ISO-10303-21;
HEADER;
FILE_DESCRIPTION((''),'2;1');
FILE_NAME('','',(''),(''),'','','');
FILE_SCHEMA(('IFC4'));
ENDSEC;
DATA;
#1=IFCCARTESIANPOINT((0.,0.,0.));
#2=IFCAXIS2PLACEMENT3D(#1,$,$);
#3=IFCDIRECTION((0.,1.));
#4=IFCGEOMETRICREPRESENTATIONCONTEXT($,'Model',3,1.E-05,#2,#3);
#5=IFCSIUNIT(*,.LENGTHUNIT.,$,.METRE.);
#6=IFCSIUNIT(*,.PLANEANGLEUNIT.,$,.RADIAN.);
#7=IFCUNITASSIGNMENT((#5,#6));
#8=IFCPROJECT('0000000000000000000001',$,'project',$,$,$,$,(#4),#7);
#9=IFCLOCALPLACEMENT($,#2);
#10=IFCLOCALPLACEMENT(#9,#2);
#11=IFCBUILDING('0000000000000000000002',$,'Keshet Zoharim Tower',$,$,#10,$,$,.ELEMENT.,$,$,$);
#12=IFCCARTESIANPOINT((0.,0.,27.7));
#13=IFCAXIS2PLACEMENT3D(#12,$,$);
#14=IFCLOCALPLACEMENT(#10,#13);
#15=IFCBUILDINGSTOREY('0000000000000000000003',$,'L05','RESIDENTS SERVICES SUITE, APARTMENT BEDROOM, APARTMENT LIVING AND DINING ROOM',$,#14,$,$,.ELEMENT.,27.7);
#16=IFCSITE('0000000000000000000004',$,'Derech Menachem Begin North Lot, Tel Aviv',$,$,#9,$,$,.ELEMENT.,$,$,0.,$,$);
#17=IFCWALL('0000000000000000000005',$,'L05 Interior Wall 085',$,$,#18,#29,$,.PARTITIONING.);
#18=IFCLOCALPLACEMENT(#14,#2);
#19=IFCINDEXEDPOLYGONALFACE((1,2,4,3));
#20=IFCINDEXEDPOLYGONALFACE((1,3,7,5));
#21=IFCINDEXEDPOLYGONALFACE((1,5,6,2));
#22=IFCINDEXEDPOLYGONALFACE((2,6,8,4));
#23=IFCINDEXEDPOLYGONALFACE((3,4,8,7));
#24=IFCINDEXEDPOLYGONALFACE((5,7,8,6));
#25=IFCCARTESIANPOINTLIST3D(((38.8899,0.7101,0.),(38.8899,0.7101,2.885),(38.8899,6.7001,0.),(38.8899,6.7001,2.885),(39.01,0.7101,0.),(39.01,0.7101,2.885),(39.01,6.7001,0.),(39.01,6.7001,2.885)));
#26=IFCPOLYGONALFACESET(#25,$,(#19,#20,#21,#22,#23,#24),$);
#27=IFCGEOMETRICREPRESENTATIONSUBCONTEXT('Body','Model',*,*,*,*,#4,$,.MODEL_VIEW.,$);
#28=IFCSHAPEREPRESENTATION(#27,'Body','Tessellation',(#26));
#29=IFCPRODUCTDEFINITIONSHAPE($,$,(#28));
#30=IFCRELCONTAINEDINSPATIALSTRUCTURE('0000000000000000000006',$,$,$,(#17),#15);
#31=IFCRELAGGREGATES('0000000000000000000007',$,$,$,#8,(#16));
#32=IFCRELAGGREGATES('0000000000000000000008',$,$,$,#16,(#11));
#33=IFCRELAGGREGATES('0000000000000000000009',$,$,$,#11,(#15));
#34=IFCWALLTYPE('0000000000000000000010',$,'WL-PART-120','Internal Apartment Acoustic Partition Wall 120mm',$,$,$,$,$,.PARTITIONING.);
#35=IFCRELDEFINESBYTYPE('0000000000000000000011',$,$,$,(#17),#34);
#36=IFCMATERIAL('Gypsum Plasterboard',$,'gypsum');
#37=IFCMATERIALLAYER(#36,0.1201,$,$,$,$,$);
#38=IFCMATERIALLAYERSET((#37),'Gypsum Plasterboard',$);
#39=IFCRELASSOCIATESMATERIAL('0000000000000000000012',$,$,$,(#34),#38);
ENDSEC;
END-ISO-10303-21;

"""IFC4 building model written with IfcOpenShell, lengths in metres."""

from ifc_helpers import new_model, si_unit, direction, frame, frame_2d, origin, place, context, subcontext, project, spatial, rectangle, extrude, material, layer, layer_set, type_object, element, save


model = new_model("IFC4")

# Units and contexts
model_context = context("Model", 3, precision=1e-05, world=origin(), true_north=direction((0.0, 1.0)))
body_context = subcontext(model_context, "Body", "Model", "MODEL_VIEW")
ifc_project = project(units=[si_unit("LENGTHUNIT", "METRE"), si_unit("PLANEANGLEUNIT", "RADIAN")], contexts=[model_context])

# Site, building, storey
site_placement = place(None, origin())
site = spatial("IfcSite", under=ifc_project, at=site_placement, Name="Derech Menachem Begin North Lot, Tel Aviv", CompositionType="ELEMENT", RefElevation=0.0)
building_placement = place(site_placement, origin())
building = spatial("IfcBuilding", under=site, at=building_placement, Name="Keshet Zoharim Tower", CompositionType="ELEMENT")
storey_placement = place(building_placement, frame((0.0, 0.0, 27.7)))
storey = spatial("IfcBuildingStorey", under=building, at=storey_placement, Name="L05", Description="RESIDENTS SERVICES SUITE, APARTMENT BEDROOM, APARTMENT LIVING AND DINING ROOM", CompositionType="ELEMENT", Elevation=27.7)

# Wall
ifc_material_1 = material(Name="Gypsum Plasterboard", Category="gypsum")
ifc_layer_1 = layer(ifc_material_1, 0.1201)
ifc_layer_set_1 = layer_set([ifc_layer_1], Name="Gypsum Plasterboard")
wall_type = type_object("IfcWallType", Name="WL-PART-120", Description="Internal Apartment Acoustic Partition Wall 120mm", PredefinedType="PARTITIONING", material=ifc_layer_set_1)
wall_placement = place(storey_placement, frame((38.95, 0.71, 0.0), z_axis=(0.0, 0.0, 1.0), x_axis=(0.0, 1.0, 0.0)))
element("IfcWall", 1, at=wall_placement, inside=storey, type_object=wall_type, Name="L05 Interior Wall 085", PredefinedType="PARTITIONING", context=body_context, shape_type="SweptSolid", body=[
    extrude(rectangle(XDim=5.99, YDim=0.1201, at=frame_2d((2.9951, 0.0))), origin(), (0.0, 0.0, 1.0), 2.885),
])

save(model, "model.ifc")
